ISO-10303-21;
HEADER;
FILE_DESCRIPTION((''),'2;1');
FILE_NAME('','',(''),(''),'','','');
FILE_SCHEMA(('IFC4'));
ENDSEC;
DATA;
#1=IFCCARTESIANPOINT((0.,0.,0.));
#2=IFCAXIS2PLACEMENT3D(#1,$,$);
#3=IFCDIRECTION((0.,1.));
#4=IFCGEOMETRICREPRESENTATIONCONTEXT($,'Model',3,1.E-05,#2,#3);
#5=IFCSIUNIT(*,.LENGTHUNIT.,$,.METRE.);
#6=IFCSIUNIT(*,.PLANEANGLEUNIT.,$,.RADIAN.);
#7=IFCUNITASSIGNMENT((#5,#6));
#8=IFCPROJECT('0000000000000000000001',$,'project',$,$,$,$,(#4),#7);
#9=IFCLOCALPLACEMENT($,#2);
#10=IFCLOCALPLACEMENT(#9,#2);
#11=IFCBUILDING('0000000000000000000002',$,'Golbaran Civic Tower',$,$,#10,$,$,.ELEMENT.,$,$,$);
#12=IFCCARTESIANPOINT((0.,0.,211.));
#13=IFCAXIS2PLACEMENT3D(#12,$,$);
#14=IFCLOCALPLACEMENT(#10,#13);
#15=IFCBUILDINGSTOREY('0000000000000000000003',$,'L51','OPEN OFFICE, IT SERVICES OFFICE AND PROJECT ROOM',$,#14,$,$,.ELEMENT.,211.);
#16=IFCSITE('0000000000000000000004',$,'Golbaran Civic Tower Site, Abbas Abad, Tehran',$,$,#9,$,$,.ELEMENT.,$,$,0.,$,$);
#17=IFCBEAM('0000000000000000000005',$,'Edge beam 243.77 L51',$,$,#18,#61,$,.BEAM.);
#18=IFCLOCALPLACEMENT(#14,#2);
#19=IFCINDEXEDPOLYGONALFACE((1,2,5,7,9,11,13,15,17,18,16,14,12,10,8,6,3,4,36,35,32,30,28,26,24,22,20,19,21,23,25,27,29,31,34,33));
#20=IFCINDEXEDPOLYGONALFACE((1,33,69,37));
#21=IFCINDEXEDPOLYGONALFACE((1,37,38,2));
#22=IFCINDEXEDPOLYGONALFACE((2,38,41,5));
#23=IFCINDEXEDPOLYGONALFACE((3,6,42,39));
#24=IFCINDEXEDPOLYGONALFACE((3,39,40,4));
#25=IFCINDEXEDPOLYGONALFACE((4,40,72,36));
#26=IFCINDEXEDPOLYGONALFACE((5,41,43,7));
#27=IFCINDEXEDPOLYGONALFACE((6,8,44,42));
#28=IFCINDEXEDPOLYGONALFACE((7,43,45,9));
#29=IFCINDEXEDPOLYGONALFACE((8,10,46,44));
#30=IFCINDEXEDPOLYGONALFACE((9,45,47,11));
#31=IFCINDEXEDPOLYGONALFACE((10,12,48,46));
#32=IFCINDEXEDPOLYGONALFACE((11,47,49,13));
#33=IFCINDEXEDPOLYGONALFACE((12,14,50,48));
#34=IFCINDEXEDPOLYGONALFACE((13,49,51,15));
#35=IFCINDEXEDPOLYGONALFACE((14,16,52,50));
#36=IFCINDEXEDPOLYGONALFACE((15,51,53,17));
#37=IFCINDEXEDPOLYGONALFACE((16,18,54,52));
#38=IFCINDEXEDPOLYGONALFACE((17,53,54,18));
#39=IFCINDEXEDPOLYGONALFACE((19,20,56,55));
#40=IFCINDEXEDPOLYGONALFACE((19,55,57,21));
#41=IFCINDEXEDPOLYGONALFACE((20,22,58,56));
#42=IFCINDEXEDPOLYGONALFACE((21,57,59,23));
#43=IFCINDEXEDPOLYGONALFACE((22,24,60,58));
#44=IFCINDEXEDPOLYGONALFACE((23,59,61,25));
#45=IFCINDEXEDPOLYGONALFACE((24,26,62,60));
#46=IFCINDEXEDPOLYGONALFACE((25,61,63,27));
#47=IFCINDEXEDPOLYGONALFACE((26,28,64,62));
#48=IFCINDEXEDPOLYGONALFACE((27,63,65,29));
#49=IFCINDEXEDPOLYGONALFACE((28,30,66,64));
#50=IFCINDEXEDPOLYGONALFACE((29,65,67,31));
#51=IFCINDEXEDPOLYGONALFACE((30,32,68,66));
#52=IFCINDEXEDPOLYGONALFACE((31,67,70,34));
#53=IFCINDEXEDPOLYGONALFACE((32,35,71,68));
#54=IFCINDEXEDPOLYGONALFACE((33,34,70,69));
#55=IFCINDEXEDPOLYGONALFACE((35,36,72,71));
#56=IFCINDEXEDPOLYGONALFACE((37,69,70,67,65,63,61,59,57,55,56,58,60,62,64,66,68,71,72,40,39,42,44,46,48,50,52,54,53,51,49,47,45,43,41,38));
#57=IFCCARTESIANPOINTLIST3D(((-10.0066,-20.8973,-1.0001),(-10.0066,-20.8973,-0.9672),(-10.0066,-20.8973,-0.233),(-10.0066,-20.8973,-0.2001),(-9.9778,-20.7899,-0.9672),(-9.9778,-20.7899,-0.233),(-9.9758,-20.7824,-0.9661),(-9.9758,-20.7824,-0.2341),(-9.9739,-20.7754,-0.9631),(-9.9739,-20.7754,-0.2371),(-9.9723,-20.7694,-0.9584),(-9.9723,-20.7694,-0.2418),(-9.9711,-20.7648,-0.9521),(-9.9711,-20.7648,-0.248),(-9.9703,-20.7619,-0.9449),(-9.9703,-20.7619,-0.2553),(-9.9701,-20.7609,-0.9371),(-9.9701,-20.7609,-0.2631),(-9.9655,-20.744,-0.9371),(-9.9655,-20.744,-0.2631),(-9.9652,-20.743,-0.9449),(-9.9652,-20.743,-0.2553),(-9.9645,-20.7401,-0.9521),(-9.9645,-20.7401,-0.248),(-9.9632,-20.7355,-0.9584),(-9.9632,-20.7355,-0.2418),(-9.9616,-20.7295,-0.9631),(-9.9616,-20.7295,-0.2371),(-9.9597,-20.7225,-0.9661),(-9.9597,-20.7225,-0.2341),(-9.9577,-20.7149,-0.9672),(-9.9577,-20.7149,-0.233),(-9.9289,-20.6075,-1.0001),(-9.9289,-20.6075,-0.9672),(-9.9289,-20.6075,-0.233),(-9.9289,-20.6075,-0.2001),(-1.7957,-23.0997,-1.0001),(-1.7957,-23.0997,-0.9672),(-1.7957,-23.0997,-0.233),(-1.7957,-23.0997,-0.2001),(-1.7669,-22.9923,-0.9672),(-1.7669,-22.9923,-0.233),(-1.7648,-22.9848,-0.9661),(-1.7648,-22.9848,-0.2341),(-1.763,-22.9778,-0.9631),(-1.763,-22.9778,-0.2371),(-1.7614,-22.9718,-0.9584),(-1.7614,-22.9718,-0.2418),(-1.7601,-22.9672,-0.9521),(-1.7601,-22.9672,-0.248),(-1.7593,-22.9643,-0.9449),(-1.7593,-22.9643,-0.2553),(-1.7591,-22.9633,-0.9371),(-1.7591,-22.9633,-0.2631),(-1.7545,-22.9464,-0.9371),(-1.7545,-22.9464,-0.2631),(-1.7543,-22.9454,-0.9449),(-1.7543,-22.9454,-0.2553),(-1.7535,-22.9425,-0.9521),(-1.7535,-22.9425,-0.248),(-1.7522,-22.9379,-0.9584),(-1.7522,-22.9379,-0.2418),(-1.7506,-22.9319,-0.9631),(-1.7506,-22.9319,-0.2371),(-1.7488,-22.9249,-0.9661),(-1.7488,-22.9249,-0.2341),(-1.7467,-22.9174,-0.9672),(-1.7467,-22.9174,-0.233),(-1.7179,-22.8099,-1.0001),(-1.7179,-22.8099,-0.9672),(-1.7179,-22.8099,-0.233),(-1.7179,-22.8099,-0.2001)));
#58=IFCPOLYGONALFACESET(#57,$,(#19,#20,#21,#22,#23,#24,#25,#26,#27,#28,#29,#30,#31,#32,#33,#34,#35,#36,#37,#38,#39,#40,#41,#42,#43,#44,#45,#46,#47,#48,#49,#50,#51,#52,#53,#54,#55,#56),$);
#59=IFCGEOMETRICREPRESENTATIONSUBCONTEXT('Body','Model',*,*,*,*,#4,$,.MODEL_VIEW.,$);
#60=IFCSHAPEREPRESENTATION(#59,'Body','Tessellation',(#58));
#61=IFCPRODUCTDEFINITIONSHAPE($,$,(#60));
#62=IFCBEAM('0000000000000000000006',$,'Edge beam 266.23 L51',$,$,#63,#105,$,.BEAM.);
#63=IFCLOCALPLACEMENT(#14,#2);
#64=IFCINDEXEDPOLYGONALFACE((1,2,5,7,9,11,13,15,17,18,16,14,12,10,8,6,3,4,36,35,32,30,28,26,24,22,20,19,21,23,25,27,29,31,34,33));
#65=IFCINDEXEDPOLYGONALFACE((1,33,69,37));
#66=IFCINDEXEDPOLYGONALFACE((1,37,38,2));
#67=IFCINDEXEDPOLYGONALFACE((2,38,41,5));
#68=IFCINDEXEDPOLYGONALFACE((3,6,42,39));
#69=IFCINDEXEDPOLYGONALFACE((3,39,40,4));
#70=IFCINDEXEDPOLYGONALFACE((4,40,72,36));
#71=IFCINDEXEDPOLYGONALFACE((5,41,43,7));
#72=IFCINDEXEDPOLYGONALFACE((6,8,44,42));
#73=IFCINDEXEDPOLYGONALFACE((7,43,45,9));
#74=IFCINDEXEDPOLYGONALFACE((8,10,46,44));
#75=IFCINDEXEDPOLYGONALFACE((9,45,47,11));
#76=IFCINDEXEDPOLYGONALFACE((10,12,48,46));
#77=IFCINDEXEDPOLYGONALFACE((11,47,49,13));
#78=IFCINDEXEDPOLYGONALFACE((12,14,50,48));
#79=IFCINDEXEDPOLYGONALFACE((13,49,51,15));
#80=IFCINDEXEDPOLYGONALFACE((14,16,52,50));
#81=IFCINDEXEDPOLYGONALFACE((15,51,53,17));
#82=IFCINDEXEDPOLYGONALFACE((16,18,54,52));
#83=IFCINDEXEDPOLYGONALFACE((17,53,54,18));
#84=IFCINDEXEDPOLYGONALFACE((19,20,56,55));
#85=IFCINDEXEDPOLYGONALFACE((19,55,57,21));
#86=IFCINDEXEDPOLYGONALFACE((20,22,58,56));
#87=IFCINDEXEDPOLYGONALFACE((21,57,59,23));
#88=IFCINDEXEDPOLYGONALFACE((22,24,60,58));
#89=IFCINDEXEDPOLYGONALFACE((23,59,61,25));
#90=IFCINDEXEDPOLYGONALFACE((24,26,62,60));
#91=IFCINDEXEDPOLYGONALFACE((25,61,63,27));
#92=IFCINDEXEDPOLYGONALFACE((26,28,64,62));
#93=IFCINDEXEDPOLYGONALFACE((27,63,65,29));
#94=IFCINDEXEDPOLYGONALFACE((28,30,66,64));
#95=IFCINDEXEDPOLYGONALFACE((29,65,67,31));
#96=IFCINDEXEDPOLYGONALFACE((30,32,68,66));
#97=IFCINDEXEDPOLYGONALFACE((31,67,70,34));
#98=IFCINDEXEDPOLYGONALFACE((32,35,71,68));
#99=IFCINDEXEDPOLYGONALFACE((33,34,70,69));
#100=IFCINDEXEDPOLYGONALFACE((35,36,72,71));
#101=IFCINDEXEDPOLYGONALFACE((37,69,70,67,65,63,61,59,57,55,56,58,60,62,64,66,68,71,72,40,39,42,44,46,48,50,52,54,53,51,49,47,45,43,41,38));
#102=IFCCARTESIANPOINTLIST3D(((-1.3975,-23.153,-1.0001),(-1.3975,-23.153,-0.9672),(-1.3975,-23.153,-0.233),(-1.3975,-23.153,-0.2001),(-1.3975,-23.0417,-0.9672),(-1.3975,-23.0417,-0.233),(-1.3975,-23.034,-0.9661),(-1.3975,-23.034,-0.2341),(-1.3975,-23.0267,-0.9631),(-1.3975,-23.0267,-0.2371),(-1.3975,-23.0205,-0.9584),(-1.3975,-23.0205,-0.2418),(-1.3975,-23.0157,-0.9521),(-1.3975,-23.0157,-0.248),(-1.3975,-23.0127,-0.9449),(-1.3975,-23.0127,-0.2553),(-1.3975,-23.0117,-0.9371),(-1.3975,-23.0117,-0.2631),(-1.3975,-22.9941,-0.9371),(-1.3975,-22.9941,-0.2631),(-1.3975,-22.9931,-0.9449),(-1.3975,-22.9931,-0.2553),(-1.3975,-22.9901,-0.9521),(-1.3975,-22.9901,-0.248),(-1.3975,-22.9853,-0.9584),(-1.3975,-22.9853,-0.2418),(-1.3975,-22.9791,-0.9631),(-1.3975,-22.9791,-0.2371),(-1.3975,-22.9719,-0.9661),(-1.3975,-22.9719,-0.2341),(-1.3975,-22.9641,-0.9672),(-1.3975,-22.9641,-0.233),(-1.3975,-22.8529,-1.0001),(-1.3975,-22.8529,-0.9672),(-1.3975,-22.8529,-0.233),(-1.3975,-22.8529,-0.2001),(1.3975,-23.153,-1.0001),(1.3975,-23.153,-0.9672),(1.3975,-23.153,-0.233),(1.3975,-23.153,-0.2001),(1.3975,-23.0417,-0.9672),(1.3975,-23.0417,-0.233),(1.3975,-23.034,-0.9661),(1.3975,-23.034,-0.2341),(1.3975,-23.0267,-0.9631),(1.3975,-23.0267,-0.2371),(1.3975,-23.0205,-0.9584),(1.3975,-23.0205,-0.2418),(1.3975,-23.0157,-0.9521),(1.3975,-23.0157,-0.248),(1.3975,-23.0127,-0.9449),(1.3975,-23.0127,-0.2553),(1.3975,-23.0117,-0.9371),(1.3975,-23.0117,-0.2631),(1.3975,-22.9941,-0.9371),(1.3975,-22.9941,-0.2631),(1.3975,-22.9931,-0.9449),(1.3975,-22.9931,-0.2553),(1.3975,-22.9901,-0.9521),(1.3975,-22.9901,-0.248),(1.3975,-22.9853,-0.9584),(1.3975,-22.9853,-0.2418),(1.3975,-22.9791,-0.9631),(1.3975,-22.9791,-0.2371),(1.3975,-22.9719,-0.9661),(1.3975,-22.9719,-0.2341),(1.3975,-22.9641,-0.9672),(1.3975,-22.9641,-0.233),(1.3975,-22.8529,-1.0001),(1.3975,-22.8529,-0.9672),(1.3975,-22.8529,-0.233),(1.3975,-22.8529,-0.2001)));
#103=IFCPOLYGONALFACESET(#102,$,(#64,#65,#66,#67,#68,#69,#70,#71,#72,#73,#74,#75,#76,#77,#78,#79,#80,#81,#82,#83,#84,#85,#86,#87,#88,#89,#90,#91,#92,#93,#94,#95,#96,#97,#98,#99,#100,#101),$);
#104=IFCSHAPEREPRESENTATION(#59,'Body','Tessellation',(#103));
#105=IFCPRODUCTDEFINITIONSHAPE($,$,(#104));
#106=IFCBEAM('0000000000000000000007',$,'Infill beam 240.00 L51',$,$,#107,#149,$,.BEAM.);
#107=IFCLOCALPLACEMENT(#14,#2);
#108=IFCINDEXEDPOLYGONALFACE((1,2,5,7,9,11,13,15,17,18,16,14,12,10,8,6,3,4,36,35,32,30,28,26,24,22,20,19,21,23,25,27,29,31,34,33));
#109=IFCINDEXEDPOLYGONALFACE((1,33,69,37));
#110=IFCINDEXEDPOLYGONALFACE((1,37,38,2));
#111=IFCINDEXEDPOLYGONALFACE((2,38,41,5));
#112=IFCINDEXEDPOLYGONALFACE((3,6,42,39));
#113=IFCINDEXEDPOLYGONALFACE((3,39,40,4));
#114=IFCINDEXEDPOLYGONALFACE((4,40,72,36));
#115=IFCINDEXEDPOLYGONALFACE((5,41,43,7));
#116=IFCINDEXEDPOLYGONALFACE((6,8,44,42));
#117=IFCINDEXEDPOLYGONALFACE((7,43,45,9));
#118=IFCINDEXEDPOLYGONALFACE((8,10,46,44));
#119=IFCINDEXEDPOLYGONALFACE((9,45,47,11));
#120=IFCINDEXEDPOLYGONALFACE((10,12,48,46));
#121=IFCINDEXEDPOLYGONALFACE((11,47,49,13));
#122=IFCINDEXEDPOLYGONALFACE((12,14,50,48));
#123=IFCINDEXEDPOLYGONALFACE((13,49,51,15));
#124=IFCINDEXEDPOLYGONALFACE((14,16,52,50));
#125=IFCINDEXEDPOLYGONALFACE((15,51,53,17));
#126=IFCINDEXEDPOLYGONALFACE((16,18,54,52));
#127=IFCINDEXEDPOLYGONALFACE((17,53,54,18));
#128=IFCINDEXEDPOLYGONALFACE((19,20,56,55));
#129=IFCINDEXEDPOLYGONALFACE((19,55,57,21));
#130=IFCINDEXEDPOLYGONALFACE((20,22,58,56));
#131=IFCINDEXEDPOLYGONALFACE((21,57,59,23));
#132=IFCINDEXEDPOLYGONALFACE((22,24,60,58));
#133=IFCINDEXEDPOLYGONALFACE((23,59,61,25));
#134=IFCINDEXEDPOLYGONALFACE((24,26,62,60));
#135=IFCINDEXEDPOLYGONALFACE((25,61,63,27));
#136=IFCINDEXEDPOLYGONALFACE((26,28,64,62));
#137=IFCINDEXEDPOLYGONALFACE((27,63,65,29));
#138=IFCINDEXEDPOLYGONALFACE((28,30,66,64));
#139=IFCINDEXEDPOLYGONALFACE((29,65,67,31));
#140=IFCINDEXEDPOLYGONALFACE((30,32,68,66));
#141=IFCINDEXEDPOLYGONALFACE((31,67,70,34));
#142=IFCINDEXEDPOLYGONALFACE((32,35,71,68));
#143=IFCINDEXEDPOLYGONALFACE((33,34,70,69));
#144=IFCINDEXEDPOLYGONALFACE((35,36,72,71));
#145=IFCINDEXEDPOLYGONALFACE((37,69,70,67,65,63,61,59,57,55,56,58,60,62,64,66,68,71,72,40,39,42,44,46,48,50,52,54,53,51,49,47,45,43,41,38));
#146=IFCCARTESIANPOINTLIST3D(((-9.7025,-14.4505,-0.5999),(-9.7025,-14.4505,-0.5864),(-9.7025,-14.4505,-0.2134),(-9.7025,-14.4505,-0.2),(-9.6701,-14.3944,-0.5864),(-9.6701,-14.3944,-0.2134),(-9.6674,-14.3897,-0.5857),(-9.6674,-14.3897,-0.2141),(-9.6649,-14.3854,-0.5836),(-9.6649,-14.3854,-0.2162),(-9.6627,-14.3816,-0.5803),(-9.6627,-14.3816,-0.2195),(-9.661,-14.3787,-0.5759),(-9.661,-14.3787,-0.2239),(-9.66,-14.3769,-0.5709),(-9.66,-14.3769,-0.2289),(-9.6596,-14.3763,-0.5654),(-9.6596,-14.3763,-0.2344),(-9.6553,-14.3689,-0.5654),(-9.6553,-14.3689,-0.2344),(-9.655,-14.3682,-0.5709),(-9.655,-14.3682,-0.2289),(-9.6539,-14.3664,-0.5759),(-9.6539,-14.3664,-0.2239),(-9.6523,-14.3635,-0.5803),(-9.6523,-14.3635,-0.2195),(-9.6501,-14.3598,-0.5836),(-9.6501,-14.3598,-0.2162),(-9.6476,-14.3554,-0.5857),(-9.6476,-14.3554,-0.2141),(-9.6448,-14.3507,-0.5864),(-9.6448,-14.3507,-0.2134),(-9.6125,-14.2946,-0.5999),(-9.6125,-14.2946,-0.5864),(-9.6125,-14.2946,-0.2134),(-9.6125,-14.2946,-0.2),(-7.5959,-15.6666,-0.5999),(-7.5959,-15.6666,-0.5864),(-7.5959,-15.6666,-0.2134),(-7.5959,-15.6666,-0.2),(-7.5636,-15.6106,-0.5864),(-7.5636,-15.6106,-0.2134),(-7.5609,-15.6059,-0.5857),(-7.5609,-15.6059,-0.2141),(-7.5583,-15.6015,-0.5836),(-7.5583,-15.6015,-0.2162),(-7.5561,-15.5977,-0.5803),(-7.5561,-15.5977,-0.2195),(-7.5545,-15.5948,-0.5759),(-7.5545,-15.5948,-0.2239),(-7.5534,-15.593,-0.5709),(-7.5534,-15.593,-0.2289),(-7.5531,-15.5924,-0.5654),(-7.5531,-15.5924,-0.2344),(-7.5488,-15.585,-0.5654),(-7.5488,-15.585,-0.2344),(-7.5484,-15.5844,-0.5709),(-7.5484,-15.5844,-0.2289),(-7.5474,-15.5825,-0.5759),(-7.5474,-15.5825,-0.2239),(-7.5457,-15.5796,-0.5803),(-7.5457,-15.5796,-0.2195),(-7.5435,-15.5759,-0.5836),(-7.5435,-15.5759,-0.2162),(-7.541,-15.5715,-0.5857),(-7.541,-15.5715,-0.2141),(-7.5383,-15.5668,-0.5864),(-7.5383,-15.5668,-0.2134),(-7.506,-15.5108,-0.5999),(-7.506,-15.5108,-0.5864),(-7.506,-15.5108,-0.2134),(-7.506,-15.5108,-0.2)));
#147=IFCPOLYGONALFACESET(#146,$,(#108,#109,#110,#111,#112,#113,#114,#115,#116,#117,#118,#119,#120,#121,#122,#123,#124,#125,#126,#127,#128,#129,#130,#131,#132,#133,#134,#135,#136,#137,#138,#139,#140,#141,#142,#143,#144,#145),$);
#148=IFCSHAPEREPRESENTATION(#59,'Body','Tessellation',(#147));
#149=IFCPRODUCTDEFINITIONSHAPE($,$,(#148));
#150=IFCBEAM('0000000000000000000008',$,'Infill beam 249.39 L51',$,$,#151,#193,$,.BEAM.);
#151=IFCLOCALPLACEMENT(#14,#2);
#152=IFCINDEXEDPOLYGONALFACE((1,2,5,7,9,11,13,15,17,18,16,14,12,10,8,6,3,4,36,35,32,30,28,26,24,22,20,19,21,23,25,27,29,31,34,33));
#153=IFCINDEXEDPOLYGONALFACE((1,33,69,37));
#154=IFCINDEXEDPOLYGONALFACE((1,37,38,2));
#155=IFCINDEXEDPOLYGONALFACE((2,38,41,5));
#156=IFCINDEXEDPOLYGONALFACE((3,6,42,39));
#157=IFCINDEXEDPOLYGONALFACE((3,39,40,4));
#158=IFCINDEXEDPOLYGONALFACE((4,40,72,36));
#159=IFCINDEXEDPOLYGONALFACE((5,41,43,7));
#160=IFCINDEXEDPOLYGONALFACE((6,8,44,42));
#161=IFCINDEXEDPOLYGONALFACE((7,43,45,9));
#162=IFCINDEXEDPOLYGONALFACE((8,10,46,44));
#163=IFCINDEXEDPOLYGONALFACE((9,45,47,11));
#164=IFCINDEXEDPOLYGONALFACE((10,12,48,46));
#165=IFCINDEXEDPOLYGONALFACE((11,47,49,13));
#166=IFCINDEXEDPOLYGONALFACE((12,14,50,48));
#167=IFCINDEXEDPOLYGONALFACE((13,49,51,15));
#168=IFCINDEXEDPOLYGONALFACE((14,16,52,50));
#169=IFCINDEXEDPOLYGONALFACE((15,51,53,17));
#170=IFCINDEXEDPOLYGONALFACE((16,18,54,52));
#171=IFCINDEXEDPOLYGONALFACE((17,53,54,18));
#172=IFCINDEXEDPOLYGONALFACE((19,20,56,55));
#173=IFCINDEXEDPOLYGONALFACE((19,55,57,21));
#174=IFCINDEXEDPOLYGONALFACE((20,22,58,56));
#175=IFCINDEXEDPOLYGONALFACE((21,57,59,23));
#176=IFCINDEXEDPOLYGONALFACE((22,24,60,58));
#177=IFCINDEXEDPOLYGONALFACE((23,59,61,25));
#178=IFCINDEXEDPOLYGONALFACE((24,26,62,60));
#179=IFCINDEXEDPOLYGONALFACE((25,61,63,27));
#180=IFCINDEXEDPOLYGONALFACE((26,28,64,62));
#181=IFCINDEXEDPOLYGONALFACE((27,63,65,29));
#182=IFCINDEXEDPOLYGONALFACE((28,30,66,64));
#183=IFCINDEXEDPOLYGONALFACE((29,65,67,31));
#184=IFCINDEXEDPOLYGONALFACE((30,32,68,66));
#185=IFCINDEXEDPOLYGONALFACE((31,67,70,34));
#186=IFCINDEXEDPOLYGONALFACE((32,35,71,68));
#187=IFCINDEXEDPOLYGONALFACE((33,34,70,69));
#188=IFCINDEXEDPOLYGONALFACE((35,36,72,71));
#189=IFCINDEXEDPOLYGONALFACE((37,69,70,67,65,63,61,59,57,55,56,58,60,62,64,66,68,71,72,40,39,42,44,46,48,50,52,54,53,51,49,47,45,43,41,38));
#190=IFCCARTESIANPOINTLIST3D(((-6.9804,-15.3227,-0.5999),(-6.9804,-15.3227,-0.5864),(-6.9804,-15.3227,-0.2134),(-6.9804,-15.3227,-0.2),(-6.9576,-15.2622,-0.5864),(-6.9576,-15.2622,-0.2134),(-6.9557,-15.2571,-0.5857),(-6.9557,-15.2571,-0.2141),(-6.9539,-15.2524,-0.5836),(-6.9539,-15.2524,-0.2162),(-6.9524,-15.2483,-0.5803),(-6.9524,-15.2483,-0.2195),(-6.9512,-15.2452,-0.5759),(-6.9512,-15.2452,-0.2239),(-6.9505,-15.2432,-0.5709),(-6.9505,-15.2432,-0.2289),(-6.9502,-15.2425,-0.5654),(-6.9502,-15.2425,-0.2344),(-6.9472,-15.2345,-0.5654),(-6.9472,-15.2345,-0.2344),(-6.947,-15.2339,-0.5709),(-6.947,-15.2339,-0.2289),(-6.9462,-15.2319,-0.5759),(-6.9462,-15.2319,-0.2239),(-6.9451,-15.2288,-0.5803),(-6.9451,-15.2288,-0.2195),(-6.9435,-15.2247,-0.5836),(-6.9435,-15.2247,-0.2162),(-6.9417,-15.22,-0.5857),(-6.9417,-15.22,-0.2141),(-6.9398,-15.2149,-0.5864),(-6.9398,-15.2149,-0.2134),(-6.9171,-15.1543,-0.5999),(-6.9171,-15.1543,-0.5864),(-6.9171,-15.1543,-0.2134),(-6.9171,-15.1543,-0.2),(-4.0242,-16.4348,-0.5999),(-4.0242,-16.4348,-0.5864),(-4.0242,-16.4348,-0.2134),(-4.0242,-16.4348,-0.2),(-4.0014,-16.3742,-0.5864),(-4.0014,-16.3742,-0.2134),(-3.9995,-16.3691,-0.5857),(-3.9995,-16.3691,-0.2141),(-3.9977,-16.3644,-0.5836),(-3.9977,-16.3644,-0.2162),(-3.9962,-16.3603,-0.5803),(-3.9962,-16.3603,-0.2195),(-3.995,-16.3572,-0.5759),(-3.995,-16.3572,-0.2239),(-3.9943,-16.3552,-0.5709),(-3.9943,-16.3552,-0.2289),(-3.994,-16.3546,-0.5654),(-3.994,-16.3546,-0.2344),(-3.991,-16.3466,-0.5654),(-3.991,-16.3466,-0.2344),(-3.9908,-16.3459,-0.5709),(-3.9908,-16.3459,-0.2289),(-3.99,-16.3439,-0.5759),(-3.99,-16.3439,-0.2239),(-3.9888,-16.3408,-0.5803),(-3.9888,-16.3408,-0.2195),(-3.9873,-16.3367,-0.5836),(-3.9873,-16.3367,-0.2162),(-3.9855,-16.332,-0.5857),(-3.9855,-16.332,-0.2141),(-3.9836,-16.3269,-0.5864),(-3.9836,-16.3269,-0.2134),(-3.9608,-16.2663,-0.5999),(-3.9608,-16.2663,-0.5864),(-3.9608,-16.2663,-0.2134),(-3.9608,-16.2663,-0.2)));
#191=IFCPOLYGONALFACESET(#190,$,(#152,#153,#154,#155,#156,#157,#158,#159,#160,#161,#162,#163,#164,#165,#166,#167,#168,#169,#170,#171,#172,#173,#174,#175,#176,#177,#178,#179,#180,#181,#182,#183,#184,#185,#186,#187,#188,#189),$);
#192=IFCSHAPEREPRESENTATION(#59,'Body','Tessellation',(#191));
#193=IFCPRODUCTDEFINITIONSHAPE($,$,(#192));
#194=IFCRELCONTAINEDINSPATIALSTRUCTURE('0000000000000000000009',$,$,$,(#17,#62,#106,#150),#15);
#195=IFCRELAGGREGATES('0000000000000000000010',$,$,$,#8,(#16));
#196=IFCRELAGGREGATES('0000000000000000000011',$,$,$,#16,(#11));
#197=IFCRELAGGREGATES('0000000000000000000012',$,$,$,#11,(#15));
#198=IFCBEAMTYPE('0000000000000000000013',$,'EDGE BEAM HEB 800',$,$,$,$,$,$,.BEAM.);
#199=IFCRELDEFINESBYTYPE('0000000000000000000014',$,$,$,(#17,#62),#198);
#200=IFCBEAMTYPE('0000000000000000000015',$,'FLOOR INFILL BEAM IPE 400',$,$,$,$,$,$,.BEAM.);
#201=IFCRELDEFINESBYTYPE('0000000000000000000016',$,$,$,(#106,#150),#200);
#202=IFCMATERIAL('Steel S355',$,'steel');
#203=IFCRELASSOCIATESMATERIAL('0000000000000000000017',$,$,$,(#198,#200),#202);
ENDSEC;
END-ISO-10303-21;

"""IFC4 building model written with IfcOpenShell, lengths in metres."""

from ifc_helpers import new_model, si_unit, direction, frame, origin, origin_2d, place, context, subcontext, project, spatial, i_section, extrude, material, material_profile, profile_set, type_object, element, save


model = new_model("IFC4")

# Units and contexts
model_context = context("Model", 3, precision=1e-05, world=origin(), true_north=direction((0.0, 1.0)))
body_context = subcontext(model_context, "Body", "Model", "MODEL_VIEW")
ifc_project = project(units=[si_unit("LENGTHUNIT", "METRE"), si_unit("PLANEANGLEUNIT", "RADIAN")], contexts=[model_context])

# Site, building, storey
site_placement = place(None, origin())
site = spatial("IfcSite", under=ifc_project, at=site_placement, Name="Golbaran Civic Tower Site, Abbas Abad, Tehran", CompositionType="ELEMENT", RefElevation=0.0)
building_placement = place(site_placement, origin())
building = spatial("IfcBuilding", under=site, at=building_placement, Name="Golbaran Civic Tower", CompositionType="ELEMENT")
storey_placement = place(building_placement, frame((0.0, 0.0, 211.0)))
storey = spatial("IfcBuildingStorey", under=building, at=storey_placement, Name="L51", Description="OPEN OFFICE, IT SERVICES OFFICE AND PROJECT ROOM", CompositionType="ELEMENT", Elevation=211.0)

# Beams
ifc_material_1 = material(Name="Steel S355", Category="steel")
ifc_material_profile_1 = material_profile(ifc_material_1, i_section(OverallWidth=0.3, OverallDepth=0.8, WebThickness=0.0176, FlangeThickness=0.033, FilletRadius=0.03, at=origin_2d()), Name="HEB 800")
ifc_profile_set_1 = profile_set([ifc_material_profile_1], Name="Steel S355")
beam_type_1 = type_object("IfcBeamType", Name="EDGE BEAM HEB 800", PredefinedType="BEAM", material=ifc_profile_set_1)
beam_1_placement = place(storey_placement, frame((-9.9678, -20.7524, -0.6001), z_axis=(0.965859, -0.259069, 0.0), x_axis=(0.259069, 0.965859, 0.0)))
element("IfcBeam", 1, at=beam_1_placement, inside=storey, type_object=beam_type_1, Name="Edge beam 243.77 L51", PredefinedType="BEAM", context=body_context, shape_type="SweptSolid", body=[
    extrude(i_section(OverallWidth=0.3, OverallDepth=0.8, WebThickness=0.0176, FlangeThickness=0.033, FilletRadius=0.03, at=origin_2d()), origin(), (0.0, 0.0, 1.0), 8.5012),
])
beam_2_placement = place(storey_placement, frame((-1.3975, -23.0029, -0.6001), z_axis=(1.0, 0.0, 0.0), x_axis=(0.0, 1.0, 0.0)))
element("IfcBeam", 2, at=beam_2_placement, inside=storey, type_object=beam_type_1, Name="Edge beam 266.23 L51", PredefinedType="BEAM", context=body_context, shape_type="SweptSolid", body=[
    extrude(i_section(OverallWidth=0.3, OverallDepth=0.8, WebThickness=0.0176, FlangeThickness=0.033, FilletRadius=0.03, at=origin_2d()), origin(), (0.0, 0.0, 1.0), 2.7949),
])
ifc_material_profile_2 = material_profile(ifc_material_1, i_section(OverallWidth=0.1799, OverallDepth=0.3999, WebThickness=0.0085, FlangeThickness=0.0134, FilletRadius=0.021, at=origin_2d()), Name="IPE 400")
ifc_profile_set_2 = profile_set([ifc_material_profile_2], Name="Steel S355")
beam_type_2 = type_object("IfcBeamType", Name="FLOOR INFILL BEAM IPE 400", PredefinedType="BEAM", material=ifc_profile_set_2)
beam_3_placement = place(storey_placement, frame((-9.6575, -14.3726, -0.3999), z_axis=(0.866042, -0.499972, 0.0), x_axis=(0.499972, 0.866042, 0.0)))
element("IfcBeam", 3, at=beam_3_placement, inside=storey, type_object=beam_type_2, Name="Infill beam 240.00 L51", PredefinedType="BEAM", context=body_context, shape_type="SweptSolid", body=[
    extrude(i_section(OverallWidth=0.1799, OverallDepth=0.3999, WebThickness=0.0085, FlangeThickness=0.0134, FilletRadius=0.021, at=origin_2d()), origin(), (0.0, 0.0, 1.0), 2.4324),
])
beam_4_placement = place(storey_placement, frame((-6.9487, -15.2385, -0.3999), z_axis=(0.93597, -0.35208, 0.0), x_axis=(0.35208, 0.93597, 0.0)))
element("IfcBeam", 4, at=beam_4_placement, inside=storey, type_object=beam_type_2, Name="Infill beam 249.39 L51", PredefinedType="BEAM", context=body_context, shape_type="SweptSolid", body=[
    extrude(i_section(OverallWidth=0.1799, OverallDepth=0.3999, WebThickness=0.0085, FlangeThickness=0.0134, FilletRadius=0.021, at=origin_2d()), origin(), (0.0, 0.0, 1.0), 3.1584),
])

save(model, "model.ifc")
